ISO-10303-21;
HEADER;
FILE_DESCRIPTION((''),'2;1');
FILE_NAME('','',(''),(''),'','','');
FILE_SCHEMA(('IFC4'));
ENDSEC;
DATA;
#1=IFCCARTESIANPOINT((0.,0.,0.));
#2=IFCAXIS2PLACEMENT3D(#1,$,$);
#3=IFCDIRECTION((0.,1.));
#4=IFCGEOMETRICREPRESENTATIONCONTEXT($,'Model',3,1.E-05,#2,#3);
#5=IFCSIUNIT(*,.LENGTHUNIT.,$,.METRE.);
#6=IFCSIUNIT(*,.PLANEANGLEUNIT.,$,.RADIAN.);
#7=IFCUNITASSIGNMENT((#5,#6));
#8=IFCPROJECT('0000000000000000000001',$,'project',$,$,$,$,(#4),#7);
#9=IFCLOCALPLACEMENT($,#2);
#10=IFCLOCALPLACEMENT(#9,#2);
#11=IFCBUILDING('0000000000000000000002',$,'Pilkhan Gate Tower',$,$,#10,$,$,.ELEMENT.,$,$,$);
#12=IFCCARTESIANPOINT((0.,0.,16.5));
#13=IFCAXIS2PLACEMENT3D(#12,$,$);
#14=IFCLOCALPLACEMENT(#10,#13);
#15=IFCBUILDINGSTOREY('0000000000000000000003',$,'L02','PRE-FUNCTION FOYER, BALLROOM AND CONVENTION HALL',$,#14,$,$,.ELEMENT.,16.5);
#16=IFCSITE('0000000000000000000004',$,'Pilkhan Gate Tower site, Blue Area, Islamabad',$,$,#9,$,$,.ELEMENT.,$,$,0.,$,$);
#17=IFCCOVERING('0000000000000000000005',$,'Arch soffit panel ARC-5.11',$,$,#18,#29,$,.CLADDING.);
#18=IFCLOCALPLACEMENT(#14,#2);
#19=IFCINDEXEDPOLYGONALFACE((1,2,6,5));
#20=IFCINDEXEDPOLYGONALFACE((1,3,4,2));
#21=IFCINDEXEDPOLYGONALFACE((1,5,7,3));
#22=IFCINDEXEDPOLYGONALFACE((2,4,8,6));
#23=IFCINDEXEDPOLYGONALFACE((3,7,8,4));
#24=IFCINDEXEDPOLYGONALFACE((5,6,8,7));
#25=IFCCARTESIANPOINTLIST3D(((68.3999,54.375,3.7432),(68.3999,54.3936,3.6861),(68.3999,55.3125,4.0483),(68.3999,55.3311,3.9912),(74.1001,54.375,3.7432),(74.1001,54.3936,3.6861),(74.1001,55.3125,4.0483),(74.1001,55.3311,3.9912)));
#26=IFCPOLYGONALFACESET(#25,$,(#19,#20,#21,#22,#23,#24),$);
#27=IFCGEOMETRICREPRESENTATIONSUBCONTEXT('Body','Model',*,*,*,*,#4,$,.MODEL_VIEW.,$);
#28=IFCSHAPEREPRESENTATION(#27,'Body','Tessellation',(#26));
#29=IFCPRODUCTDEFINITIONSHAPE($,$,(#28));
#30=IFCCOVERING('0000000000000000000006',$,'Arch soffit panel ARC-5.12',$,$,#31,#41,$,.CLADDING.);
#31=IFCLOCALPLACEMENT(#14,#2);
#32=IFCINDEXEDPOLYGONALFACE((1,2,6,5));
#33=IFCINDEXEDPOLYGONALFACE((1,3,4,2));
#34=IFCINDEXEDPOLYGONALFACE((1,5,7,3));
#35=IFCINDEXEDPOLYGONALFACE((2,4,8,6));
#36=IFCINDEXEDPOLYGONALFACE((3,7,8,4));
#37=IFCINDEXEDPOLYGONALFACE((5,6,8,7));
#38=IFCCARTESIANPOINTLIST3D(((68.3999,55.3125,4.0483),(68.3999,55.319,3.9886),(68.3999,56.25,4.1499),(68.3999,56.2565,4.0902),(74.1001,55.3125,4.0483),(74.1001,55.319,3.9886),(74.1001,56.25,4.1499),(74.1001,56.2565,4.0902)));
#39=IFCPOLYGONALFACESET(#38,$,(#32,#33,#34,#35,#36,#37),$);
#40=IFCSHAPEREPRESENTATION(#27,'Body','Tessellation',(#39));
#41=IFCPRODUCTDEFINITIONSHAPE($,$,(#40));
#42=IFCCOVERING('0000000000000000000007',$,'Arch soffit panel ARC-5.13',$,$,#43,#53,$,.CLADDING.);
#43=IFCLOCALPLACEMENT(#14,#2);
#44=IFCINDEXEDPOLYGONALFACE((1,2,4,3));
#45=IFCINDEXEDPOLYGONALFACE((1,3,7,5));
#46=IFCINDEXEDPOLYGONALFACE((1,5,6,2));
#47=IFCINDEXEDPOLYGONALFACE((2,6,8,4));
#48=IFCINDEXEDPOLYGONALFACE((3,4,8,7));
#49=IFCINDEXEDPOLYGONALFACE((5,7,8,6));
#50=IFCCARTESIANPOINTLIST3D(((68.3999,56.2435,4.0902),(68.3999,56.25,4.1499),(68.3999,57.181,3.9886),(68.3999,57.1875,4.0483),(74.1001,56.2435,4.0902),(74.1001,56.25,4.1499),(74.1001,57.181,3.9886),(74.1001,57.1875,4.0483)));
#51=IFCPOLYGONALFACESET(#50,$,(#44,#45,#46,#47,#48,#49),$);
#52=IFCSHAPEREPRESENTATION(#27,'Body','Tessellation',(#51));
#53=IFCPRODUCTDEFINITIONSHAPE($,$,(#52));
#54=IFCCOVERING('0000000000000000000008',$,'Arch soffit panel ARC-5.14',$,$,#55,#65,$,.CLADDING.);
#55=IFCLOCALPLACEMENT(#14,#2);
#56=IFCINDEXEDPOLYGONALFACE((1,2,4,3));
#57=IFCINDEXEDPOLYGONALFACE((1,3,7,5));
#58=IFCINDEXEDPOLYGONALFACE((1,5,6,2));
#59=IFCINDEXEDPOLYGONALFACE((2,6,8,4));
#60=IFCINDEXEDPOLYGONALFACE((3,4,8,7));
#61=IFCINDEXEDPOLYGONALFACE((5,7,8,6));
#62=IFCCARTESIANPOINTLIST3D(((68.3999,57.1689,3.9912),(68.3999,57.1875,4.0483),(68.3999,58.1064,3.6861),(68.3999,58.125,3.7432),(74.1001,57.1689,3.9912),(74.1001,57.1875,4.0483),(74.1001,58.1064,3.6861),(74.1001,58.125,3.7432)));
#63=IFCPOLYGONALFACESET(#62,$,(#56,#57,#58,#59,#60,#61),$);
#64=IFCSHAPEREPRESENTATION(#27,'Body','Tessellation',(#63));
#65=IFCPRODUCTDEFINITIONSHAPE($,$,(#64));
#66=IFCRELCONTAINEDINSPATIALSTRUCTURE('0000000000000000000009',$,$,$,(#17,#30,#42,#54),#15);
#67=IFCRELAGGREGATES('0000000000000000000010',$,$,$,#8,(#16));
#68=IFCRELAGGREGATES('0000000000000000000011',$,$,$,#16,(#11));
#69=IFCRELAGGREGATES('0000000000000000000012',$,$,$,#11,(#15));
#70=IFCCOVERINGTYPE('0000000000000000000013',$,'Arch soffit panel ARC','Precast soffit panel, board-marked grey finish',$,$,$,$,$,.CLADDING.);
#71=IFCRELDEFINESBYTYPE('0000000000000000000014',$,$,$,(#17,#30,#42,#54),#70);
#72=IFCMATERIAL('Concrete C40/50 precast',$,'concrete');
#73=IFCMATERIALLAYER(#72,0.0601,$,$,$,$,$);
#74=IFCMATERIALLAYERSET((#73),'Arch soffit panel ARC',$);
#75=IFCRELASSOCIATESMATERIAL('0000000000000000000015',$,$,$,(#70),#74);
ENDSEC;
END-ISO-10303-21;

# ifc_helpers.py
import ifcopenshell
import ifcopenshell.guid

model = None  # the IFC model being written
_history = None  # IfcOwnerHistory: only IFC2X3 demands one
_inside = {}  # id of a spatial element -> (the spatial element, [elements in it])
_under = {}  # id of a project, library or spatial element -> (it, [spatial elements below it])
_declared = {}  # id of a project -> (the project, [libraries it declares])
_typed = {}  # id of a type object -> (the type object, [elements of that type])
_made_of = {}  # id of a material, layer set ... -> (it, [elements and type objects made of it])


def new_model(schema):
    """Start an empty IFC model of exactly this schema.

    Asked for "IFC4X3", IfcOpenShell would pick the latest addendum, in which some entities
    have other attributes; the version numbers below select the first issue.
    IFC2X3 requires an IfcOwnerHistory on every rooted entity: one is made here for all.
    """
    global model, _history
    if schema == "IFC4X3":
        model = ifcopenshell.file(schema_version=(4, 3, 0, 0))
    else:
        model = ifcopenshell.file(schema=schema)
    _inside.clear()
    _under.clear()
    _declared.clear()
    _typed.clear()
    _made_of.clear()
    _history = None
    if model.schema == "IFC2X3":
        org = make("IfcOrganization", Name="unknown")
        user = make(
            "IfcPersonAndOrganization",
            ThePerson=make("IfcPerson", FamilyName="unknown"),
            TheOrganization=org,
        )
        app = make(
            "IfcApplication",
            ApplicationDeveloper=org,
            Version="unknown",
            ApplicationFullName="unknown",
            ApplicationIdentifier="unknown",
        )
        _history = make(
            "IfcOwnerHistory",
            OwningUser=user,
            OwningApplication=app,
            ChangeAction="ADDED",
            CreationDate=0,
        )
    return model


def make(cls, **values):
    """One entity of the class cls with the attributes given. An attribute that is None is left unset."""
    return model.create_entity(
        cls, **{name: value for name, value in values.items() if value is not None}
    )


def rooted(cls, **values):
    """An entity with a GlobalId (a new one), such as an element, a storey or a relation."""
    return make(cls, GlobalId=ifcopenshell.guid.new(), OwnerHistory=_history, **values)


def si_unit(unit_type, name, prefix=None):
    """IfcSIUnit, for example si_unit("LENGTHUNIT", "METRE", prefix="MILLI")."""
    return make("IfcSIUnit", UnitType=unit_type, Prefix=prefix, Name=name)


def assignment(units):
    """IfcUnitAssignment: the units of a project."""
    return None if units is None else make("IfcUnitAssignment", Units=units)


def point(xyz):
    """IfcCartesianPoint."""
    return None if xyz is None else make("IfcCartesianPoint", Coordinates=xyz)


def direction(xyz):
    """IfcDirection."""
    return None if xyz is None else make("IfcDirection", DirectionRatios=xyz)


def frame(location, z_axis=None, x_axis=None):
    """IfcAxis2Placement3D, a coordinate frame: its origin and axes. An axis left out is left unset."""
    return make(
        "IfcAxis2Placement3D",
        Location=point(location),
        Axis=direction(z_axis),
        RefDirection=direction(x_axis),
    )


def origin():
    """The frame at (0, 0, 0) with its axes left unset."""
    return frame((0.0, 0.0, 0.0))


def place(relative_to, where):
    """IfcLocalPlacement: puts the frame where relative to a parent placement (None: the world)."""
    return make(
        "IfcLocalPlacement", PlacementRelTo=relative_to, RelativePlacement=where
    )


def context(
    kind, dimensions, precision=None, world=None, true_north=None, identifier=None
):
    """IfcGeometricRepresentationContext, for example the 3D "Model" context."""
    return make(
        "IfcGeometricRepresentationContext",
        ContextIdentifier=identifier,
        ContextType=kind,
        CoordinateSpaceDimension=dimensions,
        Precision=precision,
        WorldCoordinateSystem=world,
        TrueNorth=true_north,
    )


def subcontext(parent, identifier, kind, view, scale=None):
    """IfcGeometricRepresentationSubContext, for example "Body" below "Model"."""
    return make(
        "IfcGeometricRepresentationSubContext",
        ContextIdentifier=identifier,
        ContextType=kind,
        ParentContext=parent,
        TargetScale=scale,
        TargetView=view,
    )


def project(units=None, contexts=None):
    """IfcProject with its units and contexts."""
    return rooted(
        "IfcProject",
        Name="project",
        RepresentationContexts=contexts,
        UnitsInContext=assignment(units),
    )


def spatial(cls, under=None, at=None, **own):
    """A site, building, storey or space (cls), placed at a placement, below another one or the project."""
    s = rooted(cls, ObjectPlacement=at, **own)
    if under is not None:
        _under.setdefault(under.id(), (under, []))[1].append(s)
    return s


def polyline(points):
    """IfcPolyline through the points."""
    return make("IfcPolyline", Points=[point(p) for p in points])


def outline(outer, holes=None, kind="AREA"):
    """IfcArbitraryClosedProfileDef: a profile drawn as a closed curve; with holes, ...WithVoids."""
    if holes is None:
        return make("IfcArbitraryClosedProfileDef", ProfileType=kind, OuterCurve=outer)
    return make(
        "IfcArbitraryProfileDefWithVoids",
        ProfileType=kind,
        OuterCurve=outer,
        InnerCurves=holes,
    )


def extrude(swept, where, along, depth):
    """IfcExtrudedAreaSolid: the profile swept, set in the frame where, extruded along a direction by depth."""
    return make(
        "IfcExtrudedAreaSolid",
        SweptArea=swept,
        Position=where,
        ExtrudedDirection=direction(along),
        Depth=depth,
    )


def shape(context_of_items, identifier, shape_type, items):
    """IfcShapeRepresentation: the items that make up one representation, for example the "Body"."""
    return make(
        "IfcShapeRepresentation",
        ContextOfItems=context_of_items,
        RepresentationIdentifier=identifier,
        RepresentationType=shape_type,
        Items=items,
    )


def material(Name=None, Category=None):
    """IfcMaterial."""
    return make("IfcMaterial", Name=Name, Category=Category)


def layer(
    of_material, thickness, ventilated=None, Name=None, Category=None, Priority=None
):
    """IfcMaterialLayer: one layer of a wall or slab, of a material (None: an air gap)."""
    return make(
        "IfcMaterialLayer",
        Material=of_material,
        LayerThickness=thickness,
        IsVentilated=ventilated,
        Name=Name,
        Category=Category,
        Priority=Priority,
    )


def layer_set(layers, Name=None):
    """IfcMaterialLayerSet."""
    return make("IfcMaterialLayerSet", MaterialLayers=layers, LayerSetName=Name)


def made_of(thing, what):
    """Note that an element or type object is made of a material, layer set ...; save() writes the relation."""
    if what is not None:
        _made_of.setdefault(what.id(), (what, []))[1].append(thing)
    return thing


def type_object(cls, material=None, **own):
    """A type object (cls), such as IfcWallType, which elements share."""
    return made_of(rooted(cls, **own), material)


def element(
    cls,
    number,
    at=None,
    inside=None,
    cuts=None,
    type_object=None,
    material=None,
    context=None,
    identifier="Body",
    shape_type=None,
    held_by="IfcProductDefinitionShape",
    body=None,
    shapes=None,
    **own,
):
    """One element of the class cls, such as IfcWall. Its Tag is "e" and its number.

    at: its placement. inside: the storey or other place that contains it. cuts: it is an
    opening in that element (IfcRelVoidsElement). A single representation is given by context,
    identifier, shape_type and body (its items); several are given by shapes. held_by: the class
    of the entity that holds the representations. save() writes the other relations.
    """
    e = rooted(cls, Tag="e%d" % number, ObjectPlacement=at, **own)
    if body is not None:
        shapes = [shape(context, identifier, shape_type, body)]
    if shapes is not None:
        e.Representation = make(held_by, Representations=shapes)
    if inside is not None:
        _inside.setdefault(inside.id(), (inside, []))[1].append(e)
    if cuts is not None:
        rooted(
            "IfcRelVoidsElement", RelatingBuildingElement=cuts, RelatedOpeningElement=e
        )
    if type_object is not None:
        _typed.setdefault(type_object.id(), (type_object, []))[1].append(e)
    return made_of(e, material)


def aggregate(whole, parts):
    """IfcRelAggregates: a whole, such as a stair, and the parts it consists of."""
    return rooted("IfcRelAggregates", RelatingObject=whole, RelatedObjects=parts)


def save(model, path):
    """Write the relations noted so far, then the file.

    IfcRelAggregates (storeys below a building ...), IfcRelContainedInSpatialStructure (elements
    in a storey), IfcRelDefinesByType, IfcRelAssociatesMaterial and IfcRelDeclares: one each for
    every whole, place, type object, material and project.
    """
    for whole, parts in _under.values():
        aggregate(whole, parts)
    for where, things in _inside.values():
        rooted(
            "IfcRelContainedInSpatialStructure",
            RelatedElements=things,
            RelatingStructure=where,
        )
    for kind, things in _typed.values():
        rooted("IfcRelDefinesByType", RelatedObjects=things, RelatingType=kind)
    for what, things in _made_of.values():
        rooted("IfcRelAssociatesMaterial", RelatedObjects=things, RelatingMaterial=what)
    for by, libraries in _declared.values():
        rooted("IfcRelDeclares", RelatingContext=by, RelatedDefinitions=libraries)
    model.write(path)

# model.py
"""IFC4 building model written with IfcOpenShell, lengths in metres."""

from ifc_helpers import new_model, si_unit, direction, frame, origin, place, context, subcontext, project, spatial, polyline, outline, extrude, material, layer, layer_set, type_object, element, save


model = new_model("IFC4")

# Units and contexts
model_context = context("Model", 3, precision=1e-05, world=origin(), true_north=direction((0.0, 1.0)))
body_context = subcontext(model_context, "Body", "Model", "MODEL_VIEW")
ifc_project = project(units=[si_unit("LENGTHUNIT", "METRE"), si_unit("PLANEANGLEUNIT", "RADIAN")], contexts=[model_context])

# Site, building, storey
site_placement = place(None, origin())
site = spatial("IfcSite", under=ifc_project, at=site_placement, Name="Pilkhan Gate Tower site, Blue Area, Islamabad", CompositionType="ELEMENT", RefElevation=0.0)
building_placement = place(site_placement, origin())
building = spatial("IfcBuilding", under=site, at=building_placement, Name="Pilkhan Gate Tower", CompositionType="ELEMENT")
storey_placement = place(building_placement, frame((0.0, 0.0, 16.5)))
storey = spatial("IfcBuildingStorey", under=building, at=storey_placement, Name="L02", Description="PRE-FUNCTION FOYER, BALLROOM AND CONVENTION HALL", CompositionType="ELEMENT", Elevation=16.5)

# Coverings
ifc_material = material(Name="Concrete C40/50 precast", Category="concrete")
ifc_layer = layer(ifc_material, 0.0601)
ifc_layer_set = layer_set([ifc_layer], Name="Arch soffit panel ARC")
covering_type = type_object("IfcCoveringType", Name="Arch soffit panel ARC", Description="Precast soffit panel, board-marked grey finish", PredefinedType="CLADDING", material=ifc_layer_set)
covering_1_placement = place(storey_placement, frame((68.3999, 54.375, 3.7432), z_axis=(0.0, -0.309534, 0.950888), x_axis=(1.0, 0.0, 0.0)))
element("IfcCovering", 1, at=covering_1_placement, inside=storey, type_object=covering_type, Name="Arch soffit panel ARC-5.11", PredefinedType="CLADDING", context=body_context, shape_type="SweptSolid", body=[
    extrude(outline(polyline([(0.0, 0.0), (5.7002, 0.0), (5.7002, 0.9859), (0.0, 0.9859), (0.0, 0.0)])), origin(), (0.0, 0.0, -1.0), 0.0601),
])
for number, where, z_axis, x_axis, name in (
    (2, (68.3999, 55.3125, 4.0483), (0.0, -0.107703, 0.994183), (1.0, 0.0, 0.0), "Arch soffit panel ARC-5.12"),
    (3, (68.3999, 56.25, 4.1499), (0.0, 0.107703, 0.994183), (1.0, 0.0, 0.0), "Arch soffit panel ARC-5.13"),
):
    element("IfcCovering", number, at=place(storey_placement, frame(where, z_axis=z_axis, x_axis=x_axis)), inside=storey, type_object=covering_type, Name=name, PredefinedType="CLADDING", context=body_context, shape_type="SweptSolid", body=[
        extrude(outline(polyline([(0.0, 0.0), (5.7002, 0.0), (5.7002, 0.943), (0.0, 0.943), (0.0, 0.0)])), origin(), (0.0, 0.0, -1.0), 0.0601),
    ])
covering_2_placement = place(storey_placement, frame((68.3999, 57.1875, 4.0483), z_axis=(0.0, 0.309534, 0.950888), x_axis=(1.0, 0.0, 0.0)))
element("IfcCovering", 4, at=covering_2_placement, inside=storey, type_object=covering_type, Name="Arch soffit panel ARC-5.14", PredefinedType="CLADDING", context=body_context, shape_type="SweptSolid", body=[
    extrude(outline(polyline([(0.0, 0.0), (5.7002, 0.0), (5.7002, 0.9859), (0.0, 0.9859), (0.0, 0.0)])), origin(), (0.0, 0.0, -1.0), 0.0601),
])

save(model, "model.ifc")
